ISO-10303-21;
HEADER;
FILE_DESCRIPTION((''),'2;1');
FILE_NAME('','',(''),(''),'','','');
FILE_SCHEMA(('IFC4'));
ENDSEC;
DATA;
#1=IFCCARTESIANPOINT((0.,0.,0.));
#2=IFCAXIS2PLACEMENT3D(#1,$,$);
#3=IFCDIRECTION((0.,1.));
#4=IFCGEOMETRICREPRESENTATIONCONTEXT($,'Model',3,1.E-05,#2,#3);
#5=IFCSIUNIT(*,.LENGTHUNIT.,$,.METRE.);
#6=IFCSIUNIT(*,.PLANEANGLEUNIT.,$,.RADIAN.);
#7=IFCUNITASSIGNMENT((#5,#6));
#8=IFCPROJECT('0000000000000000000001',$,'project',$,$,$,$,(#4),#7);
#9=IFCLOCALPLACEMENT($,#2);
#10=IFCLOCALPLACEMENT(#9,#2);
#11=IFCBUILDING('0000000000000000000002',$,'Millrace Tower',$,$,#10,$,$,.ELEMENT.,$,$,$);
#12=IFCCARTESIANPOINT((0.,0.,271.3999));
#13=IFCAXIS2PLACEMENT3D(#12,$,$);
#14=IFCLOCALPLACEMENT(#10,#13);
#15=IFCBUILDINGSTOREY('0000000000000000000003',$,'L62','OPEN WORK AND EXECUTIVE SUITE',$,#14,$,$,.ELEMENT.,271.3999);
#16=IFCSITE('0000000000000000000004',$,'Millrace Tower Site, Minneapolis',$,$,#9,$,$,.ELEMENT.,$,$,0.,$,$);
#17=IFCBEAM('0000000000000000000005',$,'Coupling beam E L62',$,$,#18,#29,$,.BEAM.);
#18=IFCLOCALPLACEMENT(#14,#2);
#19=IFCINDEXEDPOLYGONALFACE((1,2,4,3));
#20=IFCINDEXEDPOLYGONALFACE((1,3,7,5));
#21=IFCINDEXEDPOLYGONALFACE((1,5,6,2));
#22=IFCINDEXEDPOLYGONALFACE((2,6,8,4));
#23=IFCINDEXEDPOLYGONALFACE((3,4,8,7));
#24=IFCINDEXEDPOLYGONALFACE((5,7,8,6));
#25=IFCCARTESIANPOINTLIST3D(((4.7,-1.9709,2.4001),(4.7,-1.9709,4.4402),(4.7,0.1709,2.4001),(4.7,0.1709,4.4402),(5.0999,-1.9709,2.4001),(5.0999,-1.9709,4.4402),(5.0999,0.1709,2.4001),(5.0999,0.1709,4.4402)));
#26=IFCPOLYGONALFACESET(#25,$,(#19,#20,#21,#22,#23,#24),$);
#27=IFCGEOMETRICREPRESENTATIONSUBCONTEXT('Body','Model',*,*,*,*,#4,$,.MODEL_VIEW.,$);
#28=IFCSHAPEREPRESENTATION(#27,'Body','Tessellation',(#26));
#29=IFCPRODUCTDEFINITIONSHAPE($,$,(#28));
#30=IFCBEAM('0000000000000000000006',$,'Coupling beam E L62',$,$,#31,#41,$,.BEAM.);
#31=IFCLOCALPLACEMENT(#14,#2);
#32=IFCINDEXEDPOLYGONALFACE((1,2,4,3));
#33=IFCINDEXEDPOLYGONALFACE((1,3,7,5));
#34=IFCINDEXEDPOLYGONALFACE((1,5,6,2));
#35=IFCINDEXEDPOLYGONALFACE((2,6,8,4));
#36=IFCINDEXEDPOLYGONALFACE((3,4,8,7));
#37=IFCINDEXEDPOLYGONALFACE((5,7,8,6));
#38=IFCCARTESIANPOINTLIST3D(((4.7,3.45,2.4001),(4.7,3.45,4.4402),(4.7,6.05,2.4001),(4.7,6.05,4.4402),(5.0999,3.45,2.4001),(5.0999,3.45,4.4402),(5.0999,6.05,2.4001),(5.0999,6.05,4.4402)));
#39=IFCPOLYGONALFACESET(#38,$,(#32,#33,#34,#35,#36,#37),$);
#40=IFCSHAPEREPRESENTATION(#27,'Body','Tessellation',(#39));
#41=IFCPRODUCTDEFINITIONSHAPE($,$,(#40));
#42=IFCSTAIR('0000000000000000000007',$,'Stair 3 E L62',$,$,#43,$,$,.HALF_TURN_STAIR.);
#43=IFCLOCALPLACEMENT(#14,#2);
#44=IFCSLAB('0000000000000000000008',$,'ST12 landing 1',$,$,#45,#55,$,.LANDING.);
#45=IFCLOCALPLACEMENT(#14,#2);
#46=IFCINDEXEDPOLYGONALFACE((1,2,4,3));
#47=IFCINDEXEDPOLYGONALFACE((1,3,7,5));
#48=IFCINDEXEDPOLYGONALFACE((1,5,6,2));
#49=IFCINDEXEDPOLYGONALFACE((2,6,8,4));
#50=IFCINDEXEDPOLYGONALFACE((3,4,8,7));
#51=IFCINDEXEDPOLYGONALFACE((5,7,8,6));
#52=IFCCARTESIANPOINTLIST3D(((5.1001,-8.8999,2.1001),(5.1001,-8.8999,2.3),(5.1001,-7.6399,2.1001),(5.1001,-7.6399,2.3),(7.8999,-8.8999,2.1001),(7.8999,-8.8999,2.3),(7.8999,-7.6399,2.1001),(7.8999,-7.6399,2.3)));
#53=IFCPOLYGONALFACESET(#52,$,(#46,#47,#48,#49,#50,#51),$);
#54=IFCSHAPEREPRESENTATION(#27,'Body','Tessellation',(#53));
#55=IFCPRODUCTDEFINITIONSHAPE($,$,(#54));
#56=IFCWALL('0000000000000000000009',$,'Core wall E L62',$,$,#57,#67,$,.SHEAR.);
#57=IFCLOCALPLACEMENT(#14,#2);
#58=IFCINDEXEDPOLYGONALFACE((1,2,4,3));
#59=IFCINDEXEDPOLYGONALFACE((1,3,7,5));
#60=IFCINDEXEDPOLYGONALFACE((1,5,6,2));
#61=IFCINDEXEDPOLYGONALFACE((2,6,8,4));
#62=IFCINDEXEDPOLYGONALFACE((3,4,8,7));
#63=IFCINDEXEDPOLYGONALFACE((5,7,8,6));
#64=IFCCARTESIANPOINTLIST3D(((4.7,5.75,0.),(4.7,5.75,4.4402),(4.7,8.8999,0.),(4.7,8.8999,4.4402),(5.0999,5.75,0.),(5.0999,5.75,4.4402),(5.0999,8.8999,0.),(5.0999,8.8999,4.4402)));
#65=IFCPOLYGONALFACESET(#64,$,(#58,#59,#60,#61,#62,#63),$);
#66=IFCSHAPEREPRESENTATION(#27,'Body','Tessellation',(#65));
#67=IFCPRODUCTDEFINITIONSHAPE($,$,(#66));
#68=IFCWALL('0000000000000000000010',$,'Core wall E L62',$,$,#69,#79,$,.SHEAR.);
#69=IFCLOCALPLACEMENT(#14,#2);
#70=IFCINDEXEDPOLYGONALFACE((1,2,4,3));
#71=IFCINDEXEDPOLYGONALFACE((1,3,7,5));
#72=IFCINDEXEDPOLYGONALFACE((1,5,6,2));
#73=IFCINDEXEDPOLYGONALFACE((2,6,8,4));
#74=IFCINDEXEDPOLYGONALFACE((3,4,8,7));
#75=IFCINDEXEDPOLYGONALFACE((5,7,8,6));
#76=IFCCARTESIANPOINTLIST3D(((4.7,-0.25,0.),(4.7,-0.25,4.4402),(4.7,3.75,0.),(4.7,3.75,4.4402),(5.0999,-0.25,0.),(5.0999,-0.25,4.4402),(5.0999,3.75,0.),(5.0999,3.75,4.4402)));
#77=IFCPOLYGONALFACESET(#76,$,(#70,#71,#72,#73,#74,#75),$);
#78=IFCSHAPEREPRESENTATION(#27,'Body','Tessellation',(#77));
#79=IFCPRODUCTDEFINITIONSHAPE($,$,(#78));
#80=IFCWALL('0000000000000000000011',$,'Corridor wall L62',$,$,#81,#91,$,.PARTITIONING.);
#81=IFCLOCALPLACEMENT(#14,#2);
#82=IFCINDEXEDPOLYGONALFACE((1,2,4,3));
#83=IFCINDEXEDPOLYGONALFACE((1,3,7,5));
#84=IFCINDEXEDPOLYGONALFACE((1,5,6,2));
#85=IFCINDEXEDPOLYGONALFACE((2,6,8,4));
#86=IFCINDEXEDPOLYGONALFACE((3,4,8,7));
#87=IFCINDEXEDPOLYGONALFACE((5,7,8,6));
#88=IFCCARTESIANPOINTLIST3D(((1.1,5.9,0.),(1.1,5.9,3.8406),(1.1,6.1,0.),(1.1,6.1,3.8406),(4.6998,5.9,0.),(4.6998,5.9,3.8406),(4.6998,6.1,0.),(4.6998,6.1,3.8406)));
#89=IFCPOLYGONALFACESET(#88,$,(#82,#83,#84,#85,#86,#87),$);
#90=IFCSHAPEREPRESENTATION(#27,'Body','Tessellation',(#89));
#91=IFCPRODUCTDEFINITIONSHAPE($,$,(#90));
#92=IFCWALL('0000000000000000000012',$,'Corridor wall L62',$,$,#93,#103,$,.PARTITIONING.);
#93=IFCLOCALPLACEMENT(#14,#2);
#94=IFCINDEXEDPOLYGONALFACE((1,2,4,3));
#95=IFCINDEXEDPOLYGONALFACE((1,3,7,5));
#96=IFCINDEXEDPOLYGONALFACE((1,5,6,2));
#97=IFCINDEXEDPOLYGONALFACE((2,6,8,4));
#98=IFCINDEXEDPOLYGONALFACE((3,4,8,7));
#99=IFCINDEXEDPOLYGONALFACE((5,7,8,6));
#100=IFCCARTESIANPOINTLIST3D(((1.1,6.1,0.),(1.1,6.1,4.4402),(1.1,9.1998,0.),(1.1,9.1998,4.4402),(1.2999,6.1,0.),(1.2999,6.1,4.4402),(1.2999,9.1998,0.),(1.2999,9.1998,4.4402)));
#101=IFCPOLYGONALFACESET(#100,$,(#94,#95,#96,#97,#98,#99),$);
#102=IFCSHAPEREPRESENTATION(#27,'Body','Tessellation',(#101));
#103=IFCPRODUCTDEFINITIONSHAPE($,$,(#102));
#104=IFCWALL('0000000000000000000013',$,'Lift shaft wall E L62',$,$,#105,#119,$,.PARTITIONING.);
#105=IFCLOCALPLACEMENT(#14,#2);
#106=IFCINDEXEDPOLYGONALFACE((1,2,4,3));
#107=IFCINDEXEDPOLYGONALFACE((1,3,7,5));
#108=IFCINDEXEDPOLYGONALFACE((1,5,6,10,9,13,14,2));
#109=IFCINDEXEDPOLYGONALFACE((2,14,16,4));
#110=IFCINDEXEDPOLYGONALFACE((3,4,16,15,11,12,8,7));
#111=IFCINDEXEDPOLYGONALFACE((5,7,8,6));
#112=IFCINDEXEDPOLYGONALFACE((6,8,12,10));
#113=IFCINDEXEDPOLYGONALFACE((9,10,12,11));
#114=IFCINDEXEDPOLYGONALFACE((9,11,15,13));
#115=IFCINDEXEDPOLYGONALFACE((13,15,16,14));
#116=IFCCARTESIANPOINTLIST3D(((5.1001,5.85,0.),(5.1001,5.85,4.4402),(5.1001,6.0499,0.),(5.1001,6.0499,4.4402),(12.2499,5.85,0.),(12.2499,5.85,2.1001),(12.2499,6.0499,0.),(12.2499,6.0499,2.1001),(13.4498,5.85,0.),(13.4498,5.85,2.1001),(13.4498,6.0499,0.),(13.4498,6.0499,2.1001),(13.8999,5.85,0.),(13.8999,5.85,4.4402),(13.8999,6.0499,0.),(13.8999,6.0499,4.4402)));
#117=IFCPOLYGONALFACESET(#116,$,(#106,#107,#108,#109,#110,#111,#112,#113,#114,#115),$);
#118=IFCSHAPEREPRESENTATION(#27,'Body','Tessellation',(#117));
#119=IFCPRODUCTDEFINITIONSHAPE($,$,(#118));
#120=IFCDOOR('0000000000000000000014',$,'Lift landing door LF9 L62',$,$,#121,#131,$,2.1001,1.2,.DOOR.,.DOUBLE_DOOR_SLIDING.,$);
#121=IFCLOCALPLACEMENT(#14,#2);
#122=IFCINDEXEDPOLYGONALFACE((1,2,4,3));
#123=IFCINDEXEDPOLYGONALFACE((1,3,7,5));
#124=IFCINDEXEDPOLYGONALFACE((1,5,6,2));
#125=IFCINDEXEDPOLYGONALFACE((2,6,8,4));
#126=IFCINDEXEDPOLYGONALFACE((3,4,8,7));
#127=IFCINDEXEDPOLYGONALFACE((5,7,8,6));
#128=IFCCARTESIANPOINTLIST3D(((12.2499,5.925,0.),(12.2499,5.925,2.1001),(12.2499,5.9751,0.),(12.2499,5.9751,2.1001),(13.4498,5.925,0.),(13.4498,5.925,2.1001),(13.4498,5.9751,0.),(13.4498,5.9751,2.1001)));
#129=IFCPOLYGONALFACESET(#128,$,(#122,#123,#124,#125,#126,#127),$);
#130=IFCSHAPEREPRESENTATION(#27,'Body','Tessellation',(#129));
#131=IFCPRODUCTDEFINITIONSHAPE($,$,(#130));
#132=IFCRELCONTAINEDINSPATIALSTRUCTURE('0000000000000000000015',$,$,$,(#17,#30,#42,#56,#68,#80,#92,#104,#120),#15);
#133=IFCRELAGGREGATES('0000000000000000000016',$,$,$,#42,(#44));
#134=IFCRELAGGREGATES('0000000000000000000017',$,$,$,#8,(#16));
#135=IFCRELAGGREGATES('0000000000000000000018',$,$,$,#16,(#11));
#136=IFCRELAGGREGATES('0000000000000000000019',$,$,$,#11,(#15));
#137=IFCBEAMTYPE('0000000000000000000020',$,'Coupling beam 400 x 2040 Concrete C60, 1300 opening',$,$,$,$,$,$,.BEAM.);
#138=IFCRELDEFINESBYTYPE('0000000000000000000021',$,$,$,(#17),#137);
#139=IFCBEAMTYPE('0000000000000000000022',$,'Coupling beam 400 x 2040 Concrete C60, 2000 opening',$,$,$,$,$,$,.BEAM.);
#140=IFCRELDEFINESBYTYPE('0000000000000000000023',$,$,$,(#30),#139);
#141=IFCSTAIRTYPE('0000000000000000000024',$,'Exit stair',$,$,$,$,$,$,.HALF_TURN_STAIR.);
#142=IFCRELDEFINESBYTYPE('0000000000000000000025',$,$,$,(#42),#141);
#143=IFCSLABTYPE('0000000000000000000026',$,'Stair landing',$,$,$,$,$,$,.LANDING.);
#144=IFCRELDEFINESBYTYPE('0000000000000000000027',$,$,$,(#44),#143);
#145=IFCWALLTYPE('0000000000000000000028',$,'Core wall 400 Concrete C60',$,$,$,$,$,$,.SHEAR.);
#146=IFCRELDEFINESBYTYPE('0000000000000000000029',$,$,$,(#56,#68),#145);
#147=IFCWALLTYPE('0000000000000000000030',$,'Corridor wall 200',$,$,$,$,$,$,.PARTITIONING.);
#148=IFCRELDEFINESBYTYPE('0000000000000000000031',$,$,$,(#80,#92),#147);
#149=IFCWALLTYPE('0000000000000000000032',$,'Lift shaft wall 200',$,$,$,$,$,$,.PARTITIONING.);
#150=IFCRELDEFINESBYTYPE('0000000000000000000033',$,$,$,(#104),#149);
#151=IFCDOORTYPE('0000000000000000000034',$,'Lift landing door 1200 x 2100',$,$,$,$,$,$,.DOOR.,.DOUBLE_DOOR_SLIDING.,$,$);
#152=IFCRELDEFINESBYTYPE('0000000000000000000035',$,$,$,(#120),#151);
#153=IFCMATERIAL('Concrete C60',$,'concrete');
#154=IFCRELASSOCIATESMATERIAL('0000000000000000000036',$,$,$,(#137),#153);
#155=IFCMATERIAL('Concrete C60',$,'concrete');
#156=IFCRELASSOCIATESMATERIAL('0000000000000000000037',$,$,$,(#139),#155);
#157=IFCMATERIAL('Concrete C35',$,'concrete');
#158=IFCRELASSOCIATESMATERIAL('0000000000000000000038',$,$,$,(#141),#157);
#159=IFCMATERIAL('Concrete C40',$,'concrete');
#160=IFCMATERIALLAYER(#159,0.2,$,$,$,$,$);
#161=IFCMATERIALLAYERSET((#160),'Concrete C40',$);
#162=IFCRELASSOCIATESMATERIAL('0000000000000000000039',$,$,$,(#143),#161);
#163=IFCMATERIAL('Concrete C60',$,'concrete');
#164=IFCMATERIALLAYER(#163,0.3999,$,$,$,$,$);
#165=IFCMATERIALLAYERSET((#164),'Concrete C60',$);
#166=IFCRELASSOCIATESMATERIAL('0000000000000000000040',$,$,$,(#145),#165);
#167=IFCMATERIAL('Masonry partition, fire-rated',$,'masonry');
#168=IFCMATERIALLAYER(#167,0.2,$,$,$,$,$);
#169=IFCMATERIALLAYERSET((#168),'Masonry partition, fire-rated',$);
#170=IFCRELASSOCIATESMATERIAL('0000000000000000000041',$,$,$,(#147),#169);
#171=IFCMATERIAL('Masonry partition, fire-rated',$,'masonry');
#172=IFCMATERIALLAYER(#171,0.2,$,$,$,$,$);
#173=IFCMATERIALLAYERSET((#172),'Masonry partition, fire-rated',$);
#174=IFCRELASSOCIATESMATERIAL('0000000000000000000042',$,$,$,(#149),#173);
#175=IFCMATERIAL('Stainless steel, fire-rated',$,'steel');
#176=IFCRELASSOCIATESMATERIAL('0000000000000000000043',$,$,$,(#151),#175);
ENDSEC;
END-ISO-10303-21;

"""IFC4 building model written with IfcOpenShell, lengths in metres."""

from ifc_helpers import new_model, si_unit, direction, frame, frame_2d, origin, origin_2d, place, context, subcontext, project, spatial, polyline, rectangle, outline, extrude, material, layer, layer_set, material_profile, profile_set, type_object, element, fill, aggregate, save


model = new_model("IFC4")

# Units and contexts
model_context = context("Model", 3, precision=1e-05, world=origin(), true_north=direction((0.0, 1.0)))
body_context = subcontext(model_context, "Body", "Model", "MODEL_VIEW")
ifc_project = project(units=[si_unit("LENGTHUNIT", "METRE"), si_unit("PLANEANGLEUNIT", "RADIAN")], contexts=[model_context])

# Site, building, storey
site_placement = place(None, origin())
site = spatial("IfcSite", under=ifc_project, at=site_placement, Name="Millrace Tower Site, Minneapolis", CompositionType="ELEMENT", RefElevation=0.0)
building_placement = place(site_placement, origin())
building = spatial("IfcBuilding", under=site, at=building_placement, Name="Millrace Tower", CompositionType="ELEMENT")
storey_placement = place(building_placement, frame((0.0, 0.0, 271.3999)))
storey = spatial("IfcBuildingStorey", under=building, at=storey_placement, Name="L62", Description="OPEN WORK AND EXECUTIVE SUITE", CompositionType="ELEMENT", Elevation=271.3999)

# Beams
ifc_material_1 = material(Name="Concrete C60", Category="concrete")
ifc_material_profile_1 = material_profile(ifc_material_1, rectangle(XDim=0.3999, YDim=2.04, at=origin_2d()))
ifc_profile_set_1 = profile_set([ifc_material_profile_1], Name="Concrete C60")
beam_type_1 = type_object("IfcBeamType", Name="Coupling beam 400 x 2040 Concrete C60, 1300 opening", PredefinedType="BEAM", material=ifc_profile_set_1)
beam_1_placement = place(storey_placement, frame((4.8999, 0.1709, 3.4202), z_axis=(0.0, -1.0, 0.0), x_axis=(1.0, 0.0, 0.0)))
element("IfcBeam", 1, at=beam_1_placement, inside=storey, type_object=beam_type_1, Name="Coupling beam E L62", PredefinedType="BEAM", context=body_context, shape_type="SweptSolid", body=[
    extrude(rectangle(XDim=0.3999, YDim=2.04, at=origin_2d()), origin(), (0.0, 0.0, 1.0), 2.1418),
])
ifc_material_2 = material(Name="Concrete C60", Category="concrete")
ifc_material_profile_2 = material_profile(ifc_material_2, rectangle(XDim=0.3999, YDim=2.04, at=origin_2d()))
ifc_profile_set_2 = profile_set([ifc_material_profile_2], Name="Concrete C60")
beam_type_2 = type_object("IfcBeamType", Name="Coupling beam 400 x 2040 Concrete C60, 2000 opening", PredefinedType="BEAM", material=ifc_profile_set_2)
beam_2_placement = place(storey_placement, frame((4.8999, 6.05, 3.4202), z_axis=(0.0, -1.0, 0.0), x_axis=(1.0, 0.0, 0.0)))
element("IfcBeam", 2, at=beam_2_placement, inside=storey, type_object=beam_type_2, Name="Coupling beam E L62", PredefinedType="BEAM", context=body_context, shape_type="SweptSolid", body=[
    extrude(rectangle(XDim=0.3999, YDim=2.04, at=origin_2d()), origin(), (0.0, 0.0, 1.0), 2.6001),
])

# Stair, slab
ifc_material_3 = material(Name="Concrete C35", Category="concrete")
stair_type = type_object("IfcStairType", Name="Exit stair", PredefinedType="HALF_TURN_STAIR", material=ifc_material_3)
stair_placement = place(storey_placement, origin())
stair = element("IfcStair", 3, at=stair_placement, inside=storey, type_object=stair_type, Name="Stair 3 E L62", PredefinedType="HALF_TURN_STAIR")
ifc_material_4 = material(Name="Concrete C40", Category="concrete")
ifc_layer_1 = layer(ifc_material_4, 0.2)
ifc_layer_set_1 = layer_set([ifc_layer_1], Name="Concrete C40")
slab_type = type_object("IfcSlabType", Name="Stair landing", PredefinedType="LANDING", material=ifc_layer_set_1)
slab_placement = place(storey_placement, frame((0.0, 0.0, 2.1001)))
slab = element("IfcSlab", 4, at=slab_placement, type_object=slab_type, Name="ST12 landing 1", PredefinedType="LANDING", context=body_context, shape_type="SweptSolid", body=[
    extrude(outline(polyline([(5.1001, -8.8999), (7.8999, -8.8999), (7.8999, -7.6399), (5.1001, -7.6399), (5.1001, -8.8999)])), origin(), (0.0, 0.0, 1.0), 0.2),
])
aggregate(stair, [slab])

# Walls
ifc_material_5 = material(Name="Concrete C60", Category="concrete")
ifc_layer_2 = layer(ifc_material_5, 0.3999)
ifc_layer_set_2 = layer_set([ifc_layer_2], Name="Concrete C60")
wall_type_1 = type_object("IfcWallType", Name="Core wall 400 Concrete C60", PredefinedType="SHEAR", material=ifc_layer_set_2)
wall_1_placement = place(storey_placement, frame((4.8999, 8.8999, 0.0), z_axis=(0.0, 0.0, 1.0), x_axis=(0.0, -1.0, 0.0)))
element("IfcWall", 5, at=wall_1_placement, inside=storey, type_object=wall_type_1, Name="Core wall E L62", PredefinedType="SHEAR", context=body_context, shape_type="SweptSolid", body=[
    extrude(rectangle(XDim=3.1499, YDim=0.3999, at=frame_2d((1.575, 0.0))), origin(), (0.0, 0.0, 1.0), 4.4402),
])
wall_2_placement = place(storey_placement, frame((4.8999, 3.75, 0.0), z_axis=(0.0, 0.0, 1.0), x_axis=(0.0, -1.0, 0.0)))
element("IfcWall", 6, at=wall_2_placement, inside=storey, type_object=wall_type_1, Name="Core wall E L62", PredefinedType="SHEAR", context=body_context, shape_type="SweptSolid", body=[
    extrude(rectangle(XDim=4.0, YDim=0.3999, at=frame_2d((2.0, 0.0))), origin(), (0.0, 0.0, 1.0), 4.4402),
])
ifc_material_6 = material(Name="Masonry partition, fire-rated", Category="masonry")
ifc_layer_3 = layer(ifc_material_6, 0.2)
ifc_layer_set_3 = layer_set([ifc_layer_3], Name="Masonry partition, fire-rated")
wall_type_2 = type_object("IfcWallType", Name="Corridor wall 200", PredefinedType="PARTITIONING", material=ifc_layer_set_3)
wall_3_placement = place(storey_placement, frame((1.1001, 6.0, 0.0), z_axis=(0.0, 0.0, 1.0), x_axis=(1.0, 0.0, 0.0)))
element("IfcWall", 7, at=wall_3_placement, inside=storey, type_object=wall_type_2, Name="Corridor wall L62", PredefinedType="PARTITIONING", context=body_context, shape_type="SweptSolid", body=[
    extrude(rectangle(XDim=3.5999, YDim=0.2, at=frame_2d((1.7998, 0.0))), origin(), (0.0, 0.0, 1.0), 3.8406),
])
wall_4_placement = place(storey_placement, frame((1.2, 6.1001, 0.0), z_axis=(0.0, 0.0, 1.0), x_axis=(0.0, 1.0, 0.0)))
element("IfcWall", 8, at=wall_4_placement, inside=storey, type_object=wall_type_2, Name="Corridor wall L62", PredefinedType="PARTITIONING", context=body_context, shape_type="SweptSolid", body=[
    extrude(rectangle(XDim=3.0999, YDim=0.2, at=frame_2d((1.5498, 0.0))), origin(), (0.0, 0.0, 1.0), 4.4402),
])

# Wall, opening, door
ifc_material_7 = material(Name="Masonry partition, fire-rated", Category="masonry")
ifc_layer_4 = layer(ifc_material_7, 0.2)
ifc_layer_set_4 = layer_set([ifc_layer_4], Name="Masonry partition, fire-rated")
wall_type_3 = type_object("IfcWallType", Name="Lift shaft wall 200", PredefinedType="PARTITIONING", material=ifc_layer_set_4)
wall_5_placement = place(storey_placement, frame((13.8999, 5.95, 0.0), z_axis=(0.0, 0.0, 1.0), x_axis=(-1.0, 0.0, 0.0)))
wall_5 = element("IfcWall", 9, at=wall_5_placement, inside=storey, type_object=wall_type_3, Name="Lift shaft wall E L62", PredefinedType="PARTITIONING", context=body_context, shape_type="SweptSolid", body=[
    extrude(rectangle(XDim=8.7998, YDim=0.2, at=frame_2d((4.3999, 0.0))), origin(), (0.0, 0.0, 1.0), 4.4402),
])
opening_1_placement = place(wall_5_placement, frame((0.45, 0.0, 0.0)))
opening_1 = element("IfcOpeningElement", 10, at=opening_1_placement, cuts=wall_5, PredefinedType="OPENING", context=body_context, shape_type="SweptSolid", body=[
    extrude(rectangle(XDim=1.2, YDim=2.1001, at=frame_2d((0.6001, 1.05))), frame((0.0, 0.1099, 0.0), z_axis=(0.0, -1.0, 0.0), x_axis=(1.0, 0.0, 0.0)), (0.0, 0.0, 1.0), 0.22),
])
ifc_material_8 = material(Name="Stainless steel, fire-rated", Category="steel")
door_type_1 = type_object("IfcDoorType", Name="Lift landing door 1200 x 2100", OperationType="DOUBLE_DOOR_SLIDING", PredefinedType="DOOR", material=ifc_material_8)
door_1_placement = place(opening_1_placement, origin())
door_1 = element("IfcDoor", 11, at=door_1_placement, inside=storey, type_object=door_type_1, Name="Lift landing door LF9 L62", OperationType="DOUBLE_DOOR_SLIDING", OverallHeight=2.1001, OverallWidth=1.2, PredefinedType="DOOR", context=body_context, shape_type="SweptSolid", body=[
    extrude(rectangle(XDim=1.2, YDim=2.1001, at=frame_2d((0.6001, 1.05))), frame((0.0, 0.0249, 0.0), z_axis=(0.0, -1.0, 0.0), x_axis=(1.0, 0.0, 0.0)), (0.0, 0.0, 1.0), 0.05),
])
fill(opening_1, door_1)

save(model, "model.ifc")
